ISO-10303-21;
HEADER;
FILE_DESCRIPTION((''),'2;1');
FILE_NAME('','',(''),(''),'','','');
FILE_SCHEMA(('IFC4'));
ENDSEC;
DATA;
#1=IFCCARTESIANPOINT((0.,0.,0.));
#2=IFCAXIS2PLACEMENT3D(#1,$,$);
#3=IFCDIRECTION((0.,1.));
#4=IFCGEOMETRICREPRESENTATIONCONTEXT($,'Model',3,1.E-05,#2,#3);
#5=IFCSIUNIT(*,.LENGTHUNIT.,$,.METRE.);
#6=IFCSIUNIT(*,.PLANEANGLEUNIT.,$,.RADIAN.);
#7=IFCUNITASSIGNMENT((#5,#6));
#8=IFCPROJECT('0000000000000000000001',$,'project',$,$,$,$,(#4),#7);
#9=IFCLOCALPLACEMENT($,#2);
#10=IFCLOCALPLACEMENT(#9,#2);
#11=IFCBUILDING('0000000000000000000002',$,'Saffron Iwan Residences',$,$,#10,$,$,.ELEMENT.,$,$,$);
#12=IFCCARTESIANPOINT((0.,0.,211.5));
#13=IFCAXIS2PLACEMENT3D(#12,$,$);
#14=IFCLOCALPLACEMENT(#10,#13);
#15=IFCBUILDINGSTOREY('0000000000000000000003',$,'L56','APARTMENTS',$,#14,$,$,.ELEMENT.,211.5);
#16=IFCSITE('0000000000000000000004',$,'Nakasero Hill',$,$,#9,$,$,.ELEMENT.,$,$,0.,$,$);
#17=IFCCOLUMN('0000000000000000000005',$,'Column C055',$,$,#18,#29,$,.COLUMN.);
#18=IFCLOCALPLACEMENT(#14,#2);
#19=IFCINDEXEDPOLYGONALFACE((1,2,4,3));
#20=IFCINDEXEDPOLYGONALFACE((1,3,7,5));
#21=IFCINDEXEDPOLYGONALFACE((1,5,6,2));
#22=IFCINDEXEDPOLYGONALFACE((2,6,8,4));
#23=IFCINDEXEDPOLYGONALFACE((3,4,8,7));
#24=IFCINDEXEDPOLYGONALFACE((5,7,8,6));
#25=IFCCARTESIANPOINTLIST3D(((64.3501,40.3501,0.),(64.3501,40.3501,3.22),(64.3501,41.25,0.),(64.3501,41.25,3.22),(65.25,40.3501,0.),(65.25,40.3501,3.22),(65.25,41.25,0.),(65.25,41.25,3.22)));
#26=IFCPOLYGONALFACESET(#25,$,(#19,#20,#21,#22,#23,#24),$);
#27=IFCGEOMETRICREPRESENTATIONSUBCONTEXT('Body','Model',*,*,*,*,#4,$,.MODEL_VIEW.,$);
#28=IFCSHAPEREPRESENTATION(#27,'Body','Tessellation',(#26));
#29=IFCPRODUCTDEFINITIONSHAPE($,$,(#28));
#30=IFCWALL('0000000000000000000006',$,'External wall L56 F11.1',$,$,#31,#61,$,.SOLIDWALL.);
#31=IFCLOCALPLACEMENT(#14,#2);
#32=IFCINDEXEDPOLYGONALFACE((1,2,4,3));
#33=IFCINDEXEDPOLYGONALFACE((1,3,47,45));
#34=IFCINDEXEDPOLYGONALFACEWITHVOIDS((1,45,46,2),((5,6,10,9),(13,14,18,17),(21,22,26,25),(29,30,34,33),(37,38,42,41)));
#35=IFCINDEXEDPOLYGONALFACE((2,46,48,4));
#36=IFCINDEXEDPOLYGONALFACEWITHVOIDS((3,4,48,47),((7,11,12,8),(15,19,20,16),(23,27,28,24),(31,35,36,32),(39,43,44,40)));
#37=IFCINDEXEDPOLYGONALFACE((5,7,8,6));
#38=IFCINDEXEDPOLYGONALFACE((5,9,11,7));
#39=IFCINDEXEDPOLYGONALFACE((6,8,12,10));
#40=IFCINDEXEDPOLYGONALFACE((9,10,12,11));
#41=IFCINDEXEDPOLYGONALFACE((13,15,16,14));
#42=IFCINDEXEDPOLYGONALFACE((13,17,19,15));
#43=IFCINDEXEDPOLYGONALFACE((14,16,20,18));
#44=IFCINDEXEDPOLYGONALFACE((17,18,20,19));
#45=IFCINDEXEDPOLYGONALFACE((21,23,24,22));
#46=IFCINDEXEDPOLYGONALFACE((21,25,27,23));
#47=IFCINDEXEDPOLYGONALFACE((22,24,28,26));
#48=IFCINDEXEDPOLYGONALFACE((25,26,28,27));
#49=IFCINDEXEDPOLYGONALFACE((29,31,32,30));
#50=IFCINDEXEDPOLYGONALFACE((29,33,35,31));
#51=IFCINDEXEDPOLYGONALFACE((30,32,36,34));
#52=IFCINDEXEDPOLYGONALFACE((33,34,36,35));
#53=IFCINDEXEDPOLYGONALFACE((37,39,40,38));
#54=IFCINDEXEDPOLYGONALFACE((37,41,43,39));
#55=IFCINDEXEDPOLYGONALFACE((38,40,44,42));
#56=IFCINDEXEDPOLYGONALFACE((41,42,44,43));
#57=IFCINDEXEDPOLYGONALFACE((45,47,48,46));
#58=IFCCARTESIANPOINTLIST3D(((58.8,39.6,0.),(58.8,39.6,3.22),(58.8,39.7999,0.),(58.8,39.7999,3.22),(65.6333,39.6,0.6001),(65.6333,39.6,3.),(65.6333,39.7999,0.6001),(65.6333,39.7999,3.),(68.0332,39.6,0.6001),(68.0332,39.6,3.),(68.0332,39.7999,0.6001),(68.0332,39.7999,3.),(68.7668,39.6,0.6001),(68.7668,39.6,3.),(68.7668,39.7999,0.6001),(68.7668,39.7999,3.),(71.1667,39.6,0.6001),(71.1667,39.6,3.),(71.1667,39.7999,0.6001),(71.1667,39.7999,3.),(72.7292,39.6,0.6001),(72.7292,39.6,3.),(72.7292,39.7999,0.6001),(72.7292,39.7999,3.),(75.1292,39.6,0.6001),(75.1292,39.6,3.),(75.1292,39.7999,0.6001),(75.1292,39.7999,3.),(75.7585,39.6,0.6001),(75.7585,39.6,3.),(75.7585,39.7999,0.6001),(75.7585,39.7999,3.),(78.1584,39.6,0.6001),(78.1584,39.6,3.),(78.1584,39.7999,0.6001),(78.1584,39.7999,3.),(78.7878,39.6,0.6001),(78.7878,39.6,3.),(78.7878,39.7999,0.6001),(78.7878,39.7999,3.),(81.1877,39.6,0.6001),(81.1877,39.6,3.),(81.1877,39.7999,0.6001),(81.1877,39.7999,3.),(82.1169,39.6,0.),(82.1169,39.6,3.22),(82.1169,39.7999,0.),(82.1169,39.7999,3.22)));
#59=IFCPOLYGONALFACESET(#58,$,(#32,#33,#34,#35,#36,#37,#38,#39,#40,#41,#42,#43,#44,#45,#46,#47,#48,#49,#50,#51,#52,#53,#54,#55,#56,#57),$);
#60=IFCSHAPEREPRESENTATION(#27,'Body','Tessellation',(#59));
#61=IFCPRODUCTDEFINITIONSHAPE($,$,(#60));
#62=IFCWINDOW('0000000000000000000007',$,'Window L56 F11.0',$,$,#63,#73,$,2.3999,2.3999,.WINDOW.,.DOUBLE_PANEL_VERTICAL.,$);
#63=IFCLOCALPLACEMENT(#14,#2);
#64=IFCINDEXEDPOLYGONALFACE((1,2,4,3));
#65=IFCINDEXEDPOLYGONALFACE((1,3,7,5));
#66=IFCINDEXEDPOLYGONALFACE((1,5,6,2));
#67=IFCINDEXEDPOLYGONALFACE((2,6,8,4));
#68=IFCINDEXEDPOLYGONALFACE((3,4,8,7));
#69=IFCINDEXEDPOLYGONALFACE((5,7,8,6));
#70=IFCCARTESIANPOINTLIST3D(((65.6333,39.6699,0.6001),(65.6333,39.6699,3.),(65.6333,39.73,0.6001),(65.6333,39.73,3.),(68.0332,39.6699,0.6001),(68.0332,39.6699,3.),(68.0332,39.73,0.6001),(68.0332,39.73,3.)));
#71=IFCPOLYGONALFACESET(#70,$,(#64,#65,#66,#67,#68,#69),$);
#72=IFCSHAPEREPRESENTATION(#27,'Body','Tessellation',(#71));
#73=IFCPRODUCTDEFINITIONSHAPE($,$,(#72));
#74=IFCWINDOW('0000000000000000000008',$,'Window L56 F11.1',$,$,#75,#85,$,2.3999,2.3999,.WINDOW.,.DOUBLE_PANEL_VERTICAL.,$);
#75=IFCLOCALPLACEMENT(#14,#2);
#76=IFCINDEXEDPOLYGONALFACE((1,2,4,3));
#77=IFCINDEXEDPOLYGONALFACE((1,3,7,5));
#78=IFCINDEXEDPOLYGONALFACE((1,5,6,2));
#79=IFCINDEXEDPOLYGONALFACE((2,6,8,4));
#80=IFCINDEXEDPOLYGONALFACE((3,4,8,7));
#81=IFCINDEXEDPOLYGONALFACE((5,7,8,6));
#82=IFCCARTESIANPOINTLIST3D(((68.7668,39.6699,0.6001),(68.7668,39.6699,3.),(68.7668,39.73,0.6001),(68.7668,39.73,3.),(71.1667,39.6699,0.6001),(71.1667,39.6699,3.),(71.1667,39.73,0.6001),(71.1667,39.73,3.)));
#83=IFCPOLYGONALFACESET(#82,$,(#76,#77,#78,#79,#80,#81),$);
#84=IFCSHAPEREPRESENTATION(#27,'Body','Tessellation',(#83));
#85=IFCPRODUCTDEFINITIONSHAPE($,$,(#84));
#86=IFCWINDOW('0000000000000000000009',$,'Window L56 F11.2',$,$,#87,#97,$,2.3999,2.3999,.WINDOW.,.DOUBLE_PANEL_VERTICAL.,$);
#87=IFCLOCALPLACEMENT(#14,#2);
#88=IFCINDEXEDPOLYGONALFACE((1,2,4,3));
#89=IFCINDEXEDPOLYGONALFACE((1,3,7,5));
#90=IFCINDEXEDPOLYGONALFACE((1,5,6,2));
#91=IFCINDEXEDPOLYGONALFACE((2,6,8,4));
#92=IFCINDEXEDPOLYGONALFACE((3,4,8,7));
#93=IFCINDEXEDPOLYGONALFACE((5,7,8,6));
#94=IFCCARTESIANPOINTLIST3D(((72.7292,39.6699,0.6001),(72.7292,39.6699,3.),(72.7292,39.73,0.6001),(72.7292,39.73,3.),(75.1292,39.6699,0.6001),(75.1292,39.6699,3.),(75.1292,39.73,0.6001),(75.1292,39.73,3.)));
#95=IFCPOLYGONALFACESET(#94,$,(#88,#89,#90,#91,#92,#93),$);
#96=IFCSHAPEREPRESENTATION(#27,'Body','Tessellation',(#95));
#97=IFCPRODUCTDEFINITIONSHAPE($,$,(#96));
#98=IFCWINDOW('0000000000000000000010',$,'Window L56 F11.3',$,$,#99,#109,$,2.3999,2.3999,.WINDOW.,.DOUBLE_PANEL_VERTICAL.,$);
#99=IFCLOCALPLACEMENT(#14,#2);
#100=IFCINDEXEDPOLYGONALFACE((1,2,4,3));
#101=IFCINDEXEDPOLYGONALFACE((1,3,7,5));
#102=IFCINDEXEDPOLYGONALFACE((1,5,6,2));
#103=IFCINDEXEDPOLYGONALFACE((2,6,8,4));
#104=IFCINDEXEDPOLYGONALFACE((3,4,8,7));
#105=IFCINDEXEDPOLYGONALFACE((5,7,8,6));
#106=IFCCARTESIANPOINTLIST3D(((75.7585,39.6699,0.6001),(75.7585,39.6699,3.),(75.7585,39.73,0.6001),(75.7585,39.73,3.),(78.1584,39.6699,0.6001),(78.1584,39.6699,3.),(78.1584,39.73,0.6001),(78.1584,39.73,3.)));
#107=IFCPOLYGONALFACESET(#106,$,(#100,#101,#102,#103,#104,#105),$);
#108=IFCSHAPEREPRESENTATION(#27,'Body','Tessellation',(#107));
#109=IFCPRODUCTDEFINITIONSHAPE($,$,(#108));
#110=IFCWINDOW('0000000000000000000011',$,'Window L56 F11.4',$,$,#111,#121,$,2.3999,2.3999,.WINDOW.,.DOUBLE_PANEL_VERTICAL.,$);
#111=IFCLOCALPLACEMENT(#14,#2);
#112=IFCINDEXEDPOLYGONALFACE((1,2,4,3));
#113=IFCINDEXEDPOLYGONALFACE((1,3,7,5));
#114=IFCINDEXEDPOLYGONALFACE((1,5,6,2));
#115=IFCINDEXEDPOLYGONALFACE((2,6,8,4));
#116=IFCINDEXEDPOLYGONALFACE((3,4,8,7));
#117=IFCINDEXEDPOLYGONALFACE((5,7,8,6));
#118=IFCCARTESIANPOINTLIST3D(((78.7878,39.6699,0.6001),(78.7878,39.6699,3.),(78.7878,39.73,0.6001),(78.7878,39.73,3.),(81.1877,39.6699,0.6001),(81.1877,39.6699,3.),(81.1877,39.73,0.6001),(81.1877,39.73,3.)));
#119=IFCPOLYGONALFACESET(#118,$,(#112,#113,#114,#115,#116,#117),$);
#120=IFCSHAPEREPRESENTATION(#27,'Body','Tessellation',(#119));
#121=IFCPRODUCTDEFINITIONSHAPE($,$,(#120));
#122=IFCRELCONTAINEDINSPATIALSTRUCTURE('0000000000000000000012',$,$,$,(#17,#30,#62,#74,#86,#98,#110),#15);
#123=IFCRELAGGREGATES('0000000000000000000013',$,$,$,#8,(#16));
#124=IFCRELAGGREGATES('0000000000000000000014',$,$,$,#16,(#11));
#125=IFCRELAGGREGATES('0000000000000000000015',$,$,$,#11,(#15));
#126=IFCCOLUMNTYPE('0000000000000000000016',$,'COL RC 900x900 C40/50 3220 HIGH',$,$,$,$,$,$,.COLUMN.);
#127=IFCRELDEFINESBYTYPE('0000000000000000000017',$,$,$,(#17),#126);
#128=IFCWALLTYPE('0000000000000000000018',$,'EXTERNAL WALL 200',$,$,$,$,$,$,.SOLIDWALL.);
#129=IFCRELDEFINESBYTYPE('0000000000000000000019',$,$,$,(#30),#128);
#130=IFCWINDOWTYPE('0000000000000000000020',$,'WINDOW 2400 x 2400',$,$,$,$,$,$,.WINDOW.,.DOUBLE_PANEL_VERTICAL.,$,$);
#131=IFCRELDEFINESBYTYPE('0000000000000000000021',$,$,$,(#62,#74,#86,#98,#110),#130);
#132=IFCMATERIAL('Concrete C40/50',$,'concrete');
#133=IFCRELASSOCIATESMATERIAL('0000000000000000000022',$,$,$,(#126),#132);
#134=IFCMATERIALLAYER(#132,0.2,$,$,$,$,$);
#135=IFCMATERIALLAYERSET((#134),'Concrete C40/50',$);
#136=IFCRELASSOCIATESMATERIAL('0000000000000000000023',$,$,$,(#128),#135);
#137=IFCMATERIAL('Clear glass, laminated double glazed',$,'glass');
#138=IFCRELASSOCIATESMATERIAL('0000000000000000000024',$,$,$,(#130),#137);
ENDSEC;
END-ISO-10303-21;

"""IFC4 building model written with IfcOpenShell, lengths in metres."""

from ifc_helpers import new_model, si_unit, direction, frame, frame_2d, origin, origin_2d, place, context, subcontext, project, spatial, rectangle, extrude, source, transform, mapped, material, layer, layer_set, material_profile, profile_set, type_object, element, fill, save


model = new_model("IFC4")

# Units and contexts
model_context = context("Model", 3, precision=1e-05, world=origin(), true_north=direction((0.0, 1.0)))
body_context = subcontext(model_context, "Body", "Model", "MODEL_VIEW")
ifc_project = project(units=[si_unit("LENGTHUNIT", "METRE"), si_unit("PLANEANGLEUNIT", "RADIAN")], contexts=[model_context])

# Site, building, storey
site_placement = place(None, origin())
site = spatial("IfcSite", under=ifc_project, at=site_placement, Name="Nakasero Hill", CompositionType="ELEMENT", RefElevation=0.0)
building_placement = place(site_placement, origin())
building = spatial("IfcBuilding", under=site, at=building_placement, Name="Saffron Iwan Residences", CompositionType="ELEMENT")
storey_placement = place(building_placement, frame((0.0, 0.0, 211.5)))
storey = spatial("IfcBuildingStorey", under=building, at=storey_placement, Name="L56", Description="APARTMENTS", CompositionType="ELEMENT", Elevation=211.5)

# Column
ifc_material_1 = material(Name="Concrete C40/50", Category="concrete")
ifc_material_profile = material_profile(ifc_material_1, rectangle(XDim=0.8999, YDim=0.8999, at=origin_2d()), Name="RC 900x900")
ifc_profile_set = profile_set([ifc_material_profile], Name="Concrete C40/50")
column_type = type_object("IfcColumnType", Name="COL RC 900x900 C40/50 3220 HIGH", PredefinedType="COLUMN", material=ifc_profile_set)
shared_shape = source(origin(), body_context, "Body", "SweptSolid", [
    extrude(rectangle(XDim=0.8999, YDim=0.8999, at=origin_2d()), origin(), (0.0, 0.0, 1.0), 3.22),
])
column_placement = place(storey_placement, frame((64.8, 40.8, 0.0), z_axis=(0.0, 0.0, 1.0), x_axis=(1.0, 0.0, 0.0)))
element("IfcColumn", 1, at=column_placement, inside=storey, type_object=column_type, Name="Column C055", PredefinedType="COLUMN", context=body_context, shape_type="MappedRepresentation", body=[
    mapped(shared_shape, transform((0.0, 0.0, 0.0))),
])

# Wall, openings, windows
ifc_layer_1 = layer(ifc_material_1, 0.2)
ifc_layer_set_1 = layer_set([ifc_layer_1], Name="Concrete C40/50")
wall_type_1 = type_object("IfcWallType", Name="EXTERNAL WALL 200", PredefinedType="SOLIDWALL", material=ifc_layer_set_1)
wall_1_placement = place(storey_placement, frame((58.8, 39.7, 0.0), z_axis=(0.0, 0.0, 1.0), x_axis=(1.0, 0.0, 0.0)))
wall_1 = element("IfcWall", 2, at=wall_1_placement, inside=storey, type_object=wall_type_1, Name="External wall L56 F11.1", PredefinedType="SOLIDWALL", context=body_context, shape_type="SweptSolid", body=[
    extrude(rectangle(XDim=23.3169, YDim=0.2, at=frame_2d((11.6584, 0.0))), origin(), (0.0, 0.0, 1.0), 3.22),
])
opening_1_placement = place(wall_1_placement, frame((6.8333, 0.0, 0.6001)))
opening_1 = element("IfcOpeningElement", 3, at=opening_1_placement, cuts=wall_1, PredefinedType="OPENING", context=body_context, shape_type="SweptSolid", body=[
    extrude(rectangle(XDim=2.3999, YDim=2.3999, at=frame_2d((1.2, 1.2))), frame((0.0, 0.1099, 0.0), z_axis=(0.0, -1.0, 0.0), x_axis=(1.0, 0.0, 0.0)), (0.0, 0.0, 1.0), 0.22),
])
opening_2_placement = place(wall_1_placement, frame((9.9668, 0.0, 0.6001)))
opening_2 = element("IfcOpeningElement", 4, at=opening_2_placement, cuts=wall_1, PredefinedType="OPENING", context=body_context, shape_type="SweptSolid", body=[
    extrude(rectangle(XDim=2.3999, YDim=2.3999, at=frame_2d((1.2, 1.2))), frame((0.0, 0.1099, 0.0), z_axis=(0.0, -1.0, 0.0), x_axis=(1.0, 0.0, 0.0)), (0.0, 0.0, 1.0), 0.22),
])
opening_3_placement = place(wall_1_placement, frame((13.9292, 0.0, 0.6001)))
opening_3 = element("IfcOpeningElement", 5, at=opening_3_placement, cuts=wall_1, PredefinedType="OPENING", context=body_context, shape_type="SweptSolid", body=[
    extrude(rectangle(XDim=2.3999, YDim=2.3999, at=frame_2d((1.2, 1.2))), frame((0.0, 0.1099, 0.0), z_axis=(0.0, -1.0, 0.0), x_axis=(1.0, 0.0, 0.0)), (0.0, 0.0, 1.0), 0.22),
])
opening_4_placement = place(wall_1_placement, frame((16.9585, 0.0, 0.6001)))
opening_4 = element("IfcOpeningElement", 6, at=opening_4_placement, cuts=wall_1, PredefinedType="OPENING", context=body_context, shape_type="SweptSolid", body=[
    extrude(rectangle(XDim=2.3999, YDim=2.3999, at=frame_2d((1.2, 1.2))), frame((0.0, 0.1099, 0.0), z_axis=(0.0, -1.0, 0.0), x_axis=(1.0, 0.0, 0.0)), (0.0, 0.0, 1.0), 0.22),
])
opening_5_placement = place(wall_1_placement, frame((19.9878, 0.0, 0.6001)))
opening_5 = element("IfcOpeningElement", 7, at=opening_5_placement, cuts=wall_1, PredefinedType="OPENING", context=body_context, shape_type="SweptSolid", body=[
    extrude(rectangle(XDim=2.3999, YDim=2.3999, at=frame_2d((1.2, 1.2))), frame((0.0, 0.1099, 0.0), z_axis=(0.0, -1.0, 0.0), x_axis=(1.0, 0.0, 0.0)), (0.0, 0.0, 1.0), 0.22),
])
ifc_material_2 = material(Name="Clear glass, laminated double glazed", Category="glass")
window_type = type_object("IfcWindowType", Name="WINDOW 2400 x 2400", PartitioningType="DOUBLE_PANEL_VERTICAL", PredefinedType="WINDOW", material=ifc_material_2)
window_1_placement = place(opening_1_placement, origin())
window_1 = element("IfcWindow", 8, at=window_1_placement, inside=storey, type_object=window_type, Name="Window L56 F11.0", OverallHeight=2.3999, OverallWidth=2.3999, PartitioningType="DOUBLE_PANEL_VERTICAL", PredefinedType="WINDOW", context=body_context, shape_type="SweptSolid", body=[
    extrude(rectangle(XDim=2.3999, YDim=2.3999, at=frame_2d((1.2, 1.2))), frame((0.0, 0.03, 0.0), z_axis=(0.0, -1.0, 0.0), x_axis=(1.0, 0.0, 0.0)), (0.0, 0.0, 1.0), 0.0601),
])
fill(opening_1, window_1)
window_2_placement = place(opening_2_placement, origin())
window_2 = element("IfcWindow", 9, at=window_2_placement, inside=storey, type_object=window_type, Name="Window L56 F11.1", OverallHeight=2.3999, OverallWidth=2.3999, PartitioningType="DOUBLE_PANEL_VERTICAL", PredefinedType="WINDOW", context=body_context, shape_type="SweptSolid", body=[
    extrude(rectangle(XDim=2.3999, YDim=2.3999, at=frame_2d((1.2, 1.2))), frame((0.0, 0.03, 0.0), z_axis=(0.0, -1.0, 0.0), x_axis=(1.0, 0.0, 0.0)), (0.0, 0.0, 1.0), 0.0601),
])
fill(opening_2, window_2)
window_3_placement = place(opening_3_placement, origin())
window_3 = element("IfcWindow", 10, at=window_3_placement, inside=storey, type_object=window_type, Name="Window L56 F11.2", OverallHeight=2.3999, OverallWidth=2.3999, PartitioningType="DOUBLE_PANEL_VERTICAL", PredefinedType="WINDOW", context=body_context, shape_type="SweptSolid", body=[
    extrude(rectangle(XDim=2.3999, YDim=2.3999, at=frame_2d((1.2, 1.2))), frame((0.0, 0.03, 0.0), z_axis=(0.0, -1.0, 0.0), x_axis=(1.0, 0.0, 0.0)), (0.0, 0.0, 1.0), 0.0601),
])
fill(opening_3, window_3)
window_4_placement = place(opening_4_placement, origin())
window_4 = element("IfcWindow", 11, at=window_4_placement, inside=storey, type_object=window_type, Name="Window L56 F11.3", OverallHeight=2.3999, OverallWidth=2.3999, PartitioningType="DOUBLE_PANEL_VERTICAL", PredefinedType="WINDOW", context=body_context, shape_type="SweptSolid", body=[
    extrude(rectangle(XDim=2.3999, YDim=2.3999, at=frame_2d((1.2, 1.2))), frame((0.0, 0.03, 0.0), z_axis=(0.0, -1.0, 0.0), x_axis=(1.0, 0.0, 0.0)), (0.0, 0.0, 1.0), 0.0601),
])
fill(opening_4, window_4)
window_5_placement = place(opening_5_placement, origin())
window_5 = element("IfcWindow", 12, at=window_5_placement, inside=storey, type_object=window_type, Name="Window L56 F11.4", OverallHeight=2.3999, OverallWidth=2.3999, PartitioningType="DOUBLE_PANEL_VERTICAL", PredefinedType="WINDOW", context=body_context, shape_type="SweptSolid", body=[
    extrude(rectangle(XDim=2.3999, YDim=2.3999, at=frame_2d((1.2, 1.2))), frame((0.0, 0.03, 0.0), z_axis=(0.0, -1.0, 0.0), x_axis=(1.0, 0.0, 0.0)), (0.0, 0.0, 1.0), 0.0601),
])
fill(opening_5, window_5)

save(model, "model.ifc")
